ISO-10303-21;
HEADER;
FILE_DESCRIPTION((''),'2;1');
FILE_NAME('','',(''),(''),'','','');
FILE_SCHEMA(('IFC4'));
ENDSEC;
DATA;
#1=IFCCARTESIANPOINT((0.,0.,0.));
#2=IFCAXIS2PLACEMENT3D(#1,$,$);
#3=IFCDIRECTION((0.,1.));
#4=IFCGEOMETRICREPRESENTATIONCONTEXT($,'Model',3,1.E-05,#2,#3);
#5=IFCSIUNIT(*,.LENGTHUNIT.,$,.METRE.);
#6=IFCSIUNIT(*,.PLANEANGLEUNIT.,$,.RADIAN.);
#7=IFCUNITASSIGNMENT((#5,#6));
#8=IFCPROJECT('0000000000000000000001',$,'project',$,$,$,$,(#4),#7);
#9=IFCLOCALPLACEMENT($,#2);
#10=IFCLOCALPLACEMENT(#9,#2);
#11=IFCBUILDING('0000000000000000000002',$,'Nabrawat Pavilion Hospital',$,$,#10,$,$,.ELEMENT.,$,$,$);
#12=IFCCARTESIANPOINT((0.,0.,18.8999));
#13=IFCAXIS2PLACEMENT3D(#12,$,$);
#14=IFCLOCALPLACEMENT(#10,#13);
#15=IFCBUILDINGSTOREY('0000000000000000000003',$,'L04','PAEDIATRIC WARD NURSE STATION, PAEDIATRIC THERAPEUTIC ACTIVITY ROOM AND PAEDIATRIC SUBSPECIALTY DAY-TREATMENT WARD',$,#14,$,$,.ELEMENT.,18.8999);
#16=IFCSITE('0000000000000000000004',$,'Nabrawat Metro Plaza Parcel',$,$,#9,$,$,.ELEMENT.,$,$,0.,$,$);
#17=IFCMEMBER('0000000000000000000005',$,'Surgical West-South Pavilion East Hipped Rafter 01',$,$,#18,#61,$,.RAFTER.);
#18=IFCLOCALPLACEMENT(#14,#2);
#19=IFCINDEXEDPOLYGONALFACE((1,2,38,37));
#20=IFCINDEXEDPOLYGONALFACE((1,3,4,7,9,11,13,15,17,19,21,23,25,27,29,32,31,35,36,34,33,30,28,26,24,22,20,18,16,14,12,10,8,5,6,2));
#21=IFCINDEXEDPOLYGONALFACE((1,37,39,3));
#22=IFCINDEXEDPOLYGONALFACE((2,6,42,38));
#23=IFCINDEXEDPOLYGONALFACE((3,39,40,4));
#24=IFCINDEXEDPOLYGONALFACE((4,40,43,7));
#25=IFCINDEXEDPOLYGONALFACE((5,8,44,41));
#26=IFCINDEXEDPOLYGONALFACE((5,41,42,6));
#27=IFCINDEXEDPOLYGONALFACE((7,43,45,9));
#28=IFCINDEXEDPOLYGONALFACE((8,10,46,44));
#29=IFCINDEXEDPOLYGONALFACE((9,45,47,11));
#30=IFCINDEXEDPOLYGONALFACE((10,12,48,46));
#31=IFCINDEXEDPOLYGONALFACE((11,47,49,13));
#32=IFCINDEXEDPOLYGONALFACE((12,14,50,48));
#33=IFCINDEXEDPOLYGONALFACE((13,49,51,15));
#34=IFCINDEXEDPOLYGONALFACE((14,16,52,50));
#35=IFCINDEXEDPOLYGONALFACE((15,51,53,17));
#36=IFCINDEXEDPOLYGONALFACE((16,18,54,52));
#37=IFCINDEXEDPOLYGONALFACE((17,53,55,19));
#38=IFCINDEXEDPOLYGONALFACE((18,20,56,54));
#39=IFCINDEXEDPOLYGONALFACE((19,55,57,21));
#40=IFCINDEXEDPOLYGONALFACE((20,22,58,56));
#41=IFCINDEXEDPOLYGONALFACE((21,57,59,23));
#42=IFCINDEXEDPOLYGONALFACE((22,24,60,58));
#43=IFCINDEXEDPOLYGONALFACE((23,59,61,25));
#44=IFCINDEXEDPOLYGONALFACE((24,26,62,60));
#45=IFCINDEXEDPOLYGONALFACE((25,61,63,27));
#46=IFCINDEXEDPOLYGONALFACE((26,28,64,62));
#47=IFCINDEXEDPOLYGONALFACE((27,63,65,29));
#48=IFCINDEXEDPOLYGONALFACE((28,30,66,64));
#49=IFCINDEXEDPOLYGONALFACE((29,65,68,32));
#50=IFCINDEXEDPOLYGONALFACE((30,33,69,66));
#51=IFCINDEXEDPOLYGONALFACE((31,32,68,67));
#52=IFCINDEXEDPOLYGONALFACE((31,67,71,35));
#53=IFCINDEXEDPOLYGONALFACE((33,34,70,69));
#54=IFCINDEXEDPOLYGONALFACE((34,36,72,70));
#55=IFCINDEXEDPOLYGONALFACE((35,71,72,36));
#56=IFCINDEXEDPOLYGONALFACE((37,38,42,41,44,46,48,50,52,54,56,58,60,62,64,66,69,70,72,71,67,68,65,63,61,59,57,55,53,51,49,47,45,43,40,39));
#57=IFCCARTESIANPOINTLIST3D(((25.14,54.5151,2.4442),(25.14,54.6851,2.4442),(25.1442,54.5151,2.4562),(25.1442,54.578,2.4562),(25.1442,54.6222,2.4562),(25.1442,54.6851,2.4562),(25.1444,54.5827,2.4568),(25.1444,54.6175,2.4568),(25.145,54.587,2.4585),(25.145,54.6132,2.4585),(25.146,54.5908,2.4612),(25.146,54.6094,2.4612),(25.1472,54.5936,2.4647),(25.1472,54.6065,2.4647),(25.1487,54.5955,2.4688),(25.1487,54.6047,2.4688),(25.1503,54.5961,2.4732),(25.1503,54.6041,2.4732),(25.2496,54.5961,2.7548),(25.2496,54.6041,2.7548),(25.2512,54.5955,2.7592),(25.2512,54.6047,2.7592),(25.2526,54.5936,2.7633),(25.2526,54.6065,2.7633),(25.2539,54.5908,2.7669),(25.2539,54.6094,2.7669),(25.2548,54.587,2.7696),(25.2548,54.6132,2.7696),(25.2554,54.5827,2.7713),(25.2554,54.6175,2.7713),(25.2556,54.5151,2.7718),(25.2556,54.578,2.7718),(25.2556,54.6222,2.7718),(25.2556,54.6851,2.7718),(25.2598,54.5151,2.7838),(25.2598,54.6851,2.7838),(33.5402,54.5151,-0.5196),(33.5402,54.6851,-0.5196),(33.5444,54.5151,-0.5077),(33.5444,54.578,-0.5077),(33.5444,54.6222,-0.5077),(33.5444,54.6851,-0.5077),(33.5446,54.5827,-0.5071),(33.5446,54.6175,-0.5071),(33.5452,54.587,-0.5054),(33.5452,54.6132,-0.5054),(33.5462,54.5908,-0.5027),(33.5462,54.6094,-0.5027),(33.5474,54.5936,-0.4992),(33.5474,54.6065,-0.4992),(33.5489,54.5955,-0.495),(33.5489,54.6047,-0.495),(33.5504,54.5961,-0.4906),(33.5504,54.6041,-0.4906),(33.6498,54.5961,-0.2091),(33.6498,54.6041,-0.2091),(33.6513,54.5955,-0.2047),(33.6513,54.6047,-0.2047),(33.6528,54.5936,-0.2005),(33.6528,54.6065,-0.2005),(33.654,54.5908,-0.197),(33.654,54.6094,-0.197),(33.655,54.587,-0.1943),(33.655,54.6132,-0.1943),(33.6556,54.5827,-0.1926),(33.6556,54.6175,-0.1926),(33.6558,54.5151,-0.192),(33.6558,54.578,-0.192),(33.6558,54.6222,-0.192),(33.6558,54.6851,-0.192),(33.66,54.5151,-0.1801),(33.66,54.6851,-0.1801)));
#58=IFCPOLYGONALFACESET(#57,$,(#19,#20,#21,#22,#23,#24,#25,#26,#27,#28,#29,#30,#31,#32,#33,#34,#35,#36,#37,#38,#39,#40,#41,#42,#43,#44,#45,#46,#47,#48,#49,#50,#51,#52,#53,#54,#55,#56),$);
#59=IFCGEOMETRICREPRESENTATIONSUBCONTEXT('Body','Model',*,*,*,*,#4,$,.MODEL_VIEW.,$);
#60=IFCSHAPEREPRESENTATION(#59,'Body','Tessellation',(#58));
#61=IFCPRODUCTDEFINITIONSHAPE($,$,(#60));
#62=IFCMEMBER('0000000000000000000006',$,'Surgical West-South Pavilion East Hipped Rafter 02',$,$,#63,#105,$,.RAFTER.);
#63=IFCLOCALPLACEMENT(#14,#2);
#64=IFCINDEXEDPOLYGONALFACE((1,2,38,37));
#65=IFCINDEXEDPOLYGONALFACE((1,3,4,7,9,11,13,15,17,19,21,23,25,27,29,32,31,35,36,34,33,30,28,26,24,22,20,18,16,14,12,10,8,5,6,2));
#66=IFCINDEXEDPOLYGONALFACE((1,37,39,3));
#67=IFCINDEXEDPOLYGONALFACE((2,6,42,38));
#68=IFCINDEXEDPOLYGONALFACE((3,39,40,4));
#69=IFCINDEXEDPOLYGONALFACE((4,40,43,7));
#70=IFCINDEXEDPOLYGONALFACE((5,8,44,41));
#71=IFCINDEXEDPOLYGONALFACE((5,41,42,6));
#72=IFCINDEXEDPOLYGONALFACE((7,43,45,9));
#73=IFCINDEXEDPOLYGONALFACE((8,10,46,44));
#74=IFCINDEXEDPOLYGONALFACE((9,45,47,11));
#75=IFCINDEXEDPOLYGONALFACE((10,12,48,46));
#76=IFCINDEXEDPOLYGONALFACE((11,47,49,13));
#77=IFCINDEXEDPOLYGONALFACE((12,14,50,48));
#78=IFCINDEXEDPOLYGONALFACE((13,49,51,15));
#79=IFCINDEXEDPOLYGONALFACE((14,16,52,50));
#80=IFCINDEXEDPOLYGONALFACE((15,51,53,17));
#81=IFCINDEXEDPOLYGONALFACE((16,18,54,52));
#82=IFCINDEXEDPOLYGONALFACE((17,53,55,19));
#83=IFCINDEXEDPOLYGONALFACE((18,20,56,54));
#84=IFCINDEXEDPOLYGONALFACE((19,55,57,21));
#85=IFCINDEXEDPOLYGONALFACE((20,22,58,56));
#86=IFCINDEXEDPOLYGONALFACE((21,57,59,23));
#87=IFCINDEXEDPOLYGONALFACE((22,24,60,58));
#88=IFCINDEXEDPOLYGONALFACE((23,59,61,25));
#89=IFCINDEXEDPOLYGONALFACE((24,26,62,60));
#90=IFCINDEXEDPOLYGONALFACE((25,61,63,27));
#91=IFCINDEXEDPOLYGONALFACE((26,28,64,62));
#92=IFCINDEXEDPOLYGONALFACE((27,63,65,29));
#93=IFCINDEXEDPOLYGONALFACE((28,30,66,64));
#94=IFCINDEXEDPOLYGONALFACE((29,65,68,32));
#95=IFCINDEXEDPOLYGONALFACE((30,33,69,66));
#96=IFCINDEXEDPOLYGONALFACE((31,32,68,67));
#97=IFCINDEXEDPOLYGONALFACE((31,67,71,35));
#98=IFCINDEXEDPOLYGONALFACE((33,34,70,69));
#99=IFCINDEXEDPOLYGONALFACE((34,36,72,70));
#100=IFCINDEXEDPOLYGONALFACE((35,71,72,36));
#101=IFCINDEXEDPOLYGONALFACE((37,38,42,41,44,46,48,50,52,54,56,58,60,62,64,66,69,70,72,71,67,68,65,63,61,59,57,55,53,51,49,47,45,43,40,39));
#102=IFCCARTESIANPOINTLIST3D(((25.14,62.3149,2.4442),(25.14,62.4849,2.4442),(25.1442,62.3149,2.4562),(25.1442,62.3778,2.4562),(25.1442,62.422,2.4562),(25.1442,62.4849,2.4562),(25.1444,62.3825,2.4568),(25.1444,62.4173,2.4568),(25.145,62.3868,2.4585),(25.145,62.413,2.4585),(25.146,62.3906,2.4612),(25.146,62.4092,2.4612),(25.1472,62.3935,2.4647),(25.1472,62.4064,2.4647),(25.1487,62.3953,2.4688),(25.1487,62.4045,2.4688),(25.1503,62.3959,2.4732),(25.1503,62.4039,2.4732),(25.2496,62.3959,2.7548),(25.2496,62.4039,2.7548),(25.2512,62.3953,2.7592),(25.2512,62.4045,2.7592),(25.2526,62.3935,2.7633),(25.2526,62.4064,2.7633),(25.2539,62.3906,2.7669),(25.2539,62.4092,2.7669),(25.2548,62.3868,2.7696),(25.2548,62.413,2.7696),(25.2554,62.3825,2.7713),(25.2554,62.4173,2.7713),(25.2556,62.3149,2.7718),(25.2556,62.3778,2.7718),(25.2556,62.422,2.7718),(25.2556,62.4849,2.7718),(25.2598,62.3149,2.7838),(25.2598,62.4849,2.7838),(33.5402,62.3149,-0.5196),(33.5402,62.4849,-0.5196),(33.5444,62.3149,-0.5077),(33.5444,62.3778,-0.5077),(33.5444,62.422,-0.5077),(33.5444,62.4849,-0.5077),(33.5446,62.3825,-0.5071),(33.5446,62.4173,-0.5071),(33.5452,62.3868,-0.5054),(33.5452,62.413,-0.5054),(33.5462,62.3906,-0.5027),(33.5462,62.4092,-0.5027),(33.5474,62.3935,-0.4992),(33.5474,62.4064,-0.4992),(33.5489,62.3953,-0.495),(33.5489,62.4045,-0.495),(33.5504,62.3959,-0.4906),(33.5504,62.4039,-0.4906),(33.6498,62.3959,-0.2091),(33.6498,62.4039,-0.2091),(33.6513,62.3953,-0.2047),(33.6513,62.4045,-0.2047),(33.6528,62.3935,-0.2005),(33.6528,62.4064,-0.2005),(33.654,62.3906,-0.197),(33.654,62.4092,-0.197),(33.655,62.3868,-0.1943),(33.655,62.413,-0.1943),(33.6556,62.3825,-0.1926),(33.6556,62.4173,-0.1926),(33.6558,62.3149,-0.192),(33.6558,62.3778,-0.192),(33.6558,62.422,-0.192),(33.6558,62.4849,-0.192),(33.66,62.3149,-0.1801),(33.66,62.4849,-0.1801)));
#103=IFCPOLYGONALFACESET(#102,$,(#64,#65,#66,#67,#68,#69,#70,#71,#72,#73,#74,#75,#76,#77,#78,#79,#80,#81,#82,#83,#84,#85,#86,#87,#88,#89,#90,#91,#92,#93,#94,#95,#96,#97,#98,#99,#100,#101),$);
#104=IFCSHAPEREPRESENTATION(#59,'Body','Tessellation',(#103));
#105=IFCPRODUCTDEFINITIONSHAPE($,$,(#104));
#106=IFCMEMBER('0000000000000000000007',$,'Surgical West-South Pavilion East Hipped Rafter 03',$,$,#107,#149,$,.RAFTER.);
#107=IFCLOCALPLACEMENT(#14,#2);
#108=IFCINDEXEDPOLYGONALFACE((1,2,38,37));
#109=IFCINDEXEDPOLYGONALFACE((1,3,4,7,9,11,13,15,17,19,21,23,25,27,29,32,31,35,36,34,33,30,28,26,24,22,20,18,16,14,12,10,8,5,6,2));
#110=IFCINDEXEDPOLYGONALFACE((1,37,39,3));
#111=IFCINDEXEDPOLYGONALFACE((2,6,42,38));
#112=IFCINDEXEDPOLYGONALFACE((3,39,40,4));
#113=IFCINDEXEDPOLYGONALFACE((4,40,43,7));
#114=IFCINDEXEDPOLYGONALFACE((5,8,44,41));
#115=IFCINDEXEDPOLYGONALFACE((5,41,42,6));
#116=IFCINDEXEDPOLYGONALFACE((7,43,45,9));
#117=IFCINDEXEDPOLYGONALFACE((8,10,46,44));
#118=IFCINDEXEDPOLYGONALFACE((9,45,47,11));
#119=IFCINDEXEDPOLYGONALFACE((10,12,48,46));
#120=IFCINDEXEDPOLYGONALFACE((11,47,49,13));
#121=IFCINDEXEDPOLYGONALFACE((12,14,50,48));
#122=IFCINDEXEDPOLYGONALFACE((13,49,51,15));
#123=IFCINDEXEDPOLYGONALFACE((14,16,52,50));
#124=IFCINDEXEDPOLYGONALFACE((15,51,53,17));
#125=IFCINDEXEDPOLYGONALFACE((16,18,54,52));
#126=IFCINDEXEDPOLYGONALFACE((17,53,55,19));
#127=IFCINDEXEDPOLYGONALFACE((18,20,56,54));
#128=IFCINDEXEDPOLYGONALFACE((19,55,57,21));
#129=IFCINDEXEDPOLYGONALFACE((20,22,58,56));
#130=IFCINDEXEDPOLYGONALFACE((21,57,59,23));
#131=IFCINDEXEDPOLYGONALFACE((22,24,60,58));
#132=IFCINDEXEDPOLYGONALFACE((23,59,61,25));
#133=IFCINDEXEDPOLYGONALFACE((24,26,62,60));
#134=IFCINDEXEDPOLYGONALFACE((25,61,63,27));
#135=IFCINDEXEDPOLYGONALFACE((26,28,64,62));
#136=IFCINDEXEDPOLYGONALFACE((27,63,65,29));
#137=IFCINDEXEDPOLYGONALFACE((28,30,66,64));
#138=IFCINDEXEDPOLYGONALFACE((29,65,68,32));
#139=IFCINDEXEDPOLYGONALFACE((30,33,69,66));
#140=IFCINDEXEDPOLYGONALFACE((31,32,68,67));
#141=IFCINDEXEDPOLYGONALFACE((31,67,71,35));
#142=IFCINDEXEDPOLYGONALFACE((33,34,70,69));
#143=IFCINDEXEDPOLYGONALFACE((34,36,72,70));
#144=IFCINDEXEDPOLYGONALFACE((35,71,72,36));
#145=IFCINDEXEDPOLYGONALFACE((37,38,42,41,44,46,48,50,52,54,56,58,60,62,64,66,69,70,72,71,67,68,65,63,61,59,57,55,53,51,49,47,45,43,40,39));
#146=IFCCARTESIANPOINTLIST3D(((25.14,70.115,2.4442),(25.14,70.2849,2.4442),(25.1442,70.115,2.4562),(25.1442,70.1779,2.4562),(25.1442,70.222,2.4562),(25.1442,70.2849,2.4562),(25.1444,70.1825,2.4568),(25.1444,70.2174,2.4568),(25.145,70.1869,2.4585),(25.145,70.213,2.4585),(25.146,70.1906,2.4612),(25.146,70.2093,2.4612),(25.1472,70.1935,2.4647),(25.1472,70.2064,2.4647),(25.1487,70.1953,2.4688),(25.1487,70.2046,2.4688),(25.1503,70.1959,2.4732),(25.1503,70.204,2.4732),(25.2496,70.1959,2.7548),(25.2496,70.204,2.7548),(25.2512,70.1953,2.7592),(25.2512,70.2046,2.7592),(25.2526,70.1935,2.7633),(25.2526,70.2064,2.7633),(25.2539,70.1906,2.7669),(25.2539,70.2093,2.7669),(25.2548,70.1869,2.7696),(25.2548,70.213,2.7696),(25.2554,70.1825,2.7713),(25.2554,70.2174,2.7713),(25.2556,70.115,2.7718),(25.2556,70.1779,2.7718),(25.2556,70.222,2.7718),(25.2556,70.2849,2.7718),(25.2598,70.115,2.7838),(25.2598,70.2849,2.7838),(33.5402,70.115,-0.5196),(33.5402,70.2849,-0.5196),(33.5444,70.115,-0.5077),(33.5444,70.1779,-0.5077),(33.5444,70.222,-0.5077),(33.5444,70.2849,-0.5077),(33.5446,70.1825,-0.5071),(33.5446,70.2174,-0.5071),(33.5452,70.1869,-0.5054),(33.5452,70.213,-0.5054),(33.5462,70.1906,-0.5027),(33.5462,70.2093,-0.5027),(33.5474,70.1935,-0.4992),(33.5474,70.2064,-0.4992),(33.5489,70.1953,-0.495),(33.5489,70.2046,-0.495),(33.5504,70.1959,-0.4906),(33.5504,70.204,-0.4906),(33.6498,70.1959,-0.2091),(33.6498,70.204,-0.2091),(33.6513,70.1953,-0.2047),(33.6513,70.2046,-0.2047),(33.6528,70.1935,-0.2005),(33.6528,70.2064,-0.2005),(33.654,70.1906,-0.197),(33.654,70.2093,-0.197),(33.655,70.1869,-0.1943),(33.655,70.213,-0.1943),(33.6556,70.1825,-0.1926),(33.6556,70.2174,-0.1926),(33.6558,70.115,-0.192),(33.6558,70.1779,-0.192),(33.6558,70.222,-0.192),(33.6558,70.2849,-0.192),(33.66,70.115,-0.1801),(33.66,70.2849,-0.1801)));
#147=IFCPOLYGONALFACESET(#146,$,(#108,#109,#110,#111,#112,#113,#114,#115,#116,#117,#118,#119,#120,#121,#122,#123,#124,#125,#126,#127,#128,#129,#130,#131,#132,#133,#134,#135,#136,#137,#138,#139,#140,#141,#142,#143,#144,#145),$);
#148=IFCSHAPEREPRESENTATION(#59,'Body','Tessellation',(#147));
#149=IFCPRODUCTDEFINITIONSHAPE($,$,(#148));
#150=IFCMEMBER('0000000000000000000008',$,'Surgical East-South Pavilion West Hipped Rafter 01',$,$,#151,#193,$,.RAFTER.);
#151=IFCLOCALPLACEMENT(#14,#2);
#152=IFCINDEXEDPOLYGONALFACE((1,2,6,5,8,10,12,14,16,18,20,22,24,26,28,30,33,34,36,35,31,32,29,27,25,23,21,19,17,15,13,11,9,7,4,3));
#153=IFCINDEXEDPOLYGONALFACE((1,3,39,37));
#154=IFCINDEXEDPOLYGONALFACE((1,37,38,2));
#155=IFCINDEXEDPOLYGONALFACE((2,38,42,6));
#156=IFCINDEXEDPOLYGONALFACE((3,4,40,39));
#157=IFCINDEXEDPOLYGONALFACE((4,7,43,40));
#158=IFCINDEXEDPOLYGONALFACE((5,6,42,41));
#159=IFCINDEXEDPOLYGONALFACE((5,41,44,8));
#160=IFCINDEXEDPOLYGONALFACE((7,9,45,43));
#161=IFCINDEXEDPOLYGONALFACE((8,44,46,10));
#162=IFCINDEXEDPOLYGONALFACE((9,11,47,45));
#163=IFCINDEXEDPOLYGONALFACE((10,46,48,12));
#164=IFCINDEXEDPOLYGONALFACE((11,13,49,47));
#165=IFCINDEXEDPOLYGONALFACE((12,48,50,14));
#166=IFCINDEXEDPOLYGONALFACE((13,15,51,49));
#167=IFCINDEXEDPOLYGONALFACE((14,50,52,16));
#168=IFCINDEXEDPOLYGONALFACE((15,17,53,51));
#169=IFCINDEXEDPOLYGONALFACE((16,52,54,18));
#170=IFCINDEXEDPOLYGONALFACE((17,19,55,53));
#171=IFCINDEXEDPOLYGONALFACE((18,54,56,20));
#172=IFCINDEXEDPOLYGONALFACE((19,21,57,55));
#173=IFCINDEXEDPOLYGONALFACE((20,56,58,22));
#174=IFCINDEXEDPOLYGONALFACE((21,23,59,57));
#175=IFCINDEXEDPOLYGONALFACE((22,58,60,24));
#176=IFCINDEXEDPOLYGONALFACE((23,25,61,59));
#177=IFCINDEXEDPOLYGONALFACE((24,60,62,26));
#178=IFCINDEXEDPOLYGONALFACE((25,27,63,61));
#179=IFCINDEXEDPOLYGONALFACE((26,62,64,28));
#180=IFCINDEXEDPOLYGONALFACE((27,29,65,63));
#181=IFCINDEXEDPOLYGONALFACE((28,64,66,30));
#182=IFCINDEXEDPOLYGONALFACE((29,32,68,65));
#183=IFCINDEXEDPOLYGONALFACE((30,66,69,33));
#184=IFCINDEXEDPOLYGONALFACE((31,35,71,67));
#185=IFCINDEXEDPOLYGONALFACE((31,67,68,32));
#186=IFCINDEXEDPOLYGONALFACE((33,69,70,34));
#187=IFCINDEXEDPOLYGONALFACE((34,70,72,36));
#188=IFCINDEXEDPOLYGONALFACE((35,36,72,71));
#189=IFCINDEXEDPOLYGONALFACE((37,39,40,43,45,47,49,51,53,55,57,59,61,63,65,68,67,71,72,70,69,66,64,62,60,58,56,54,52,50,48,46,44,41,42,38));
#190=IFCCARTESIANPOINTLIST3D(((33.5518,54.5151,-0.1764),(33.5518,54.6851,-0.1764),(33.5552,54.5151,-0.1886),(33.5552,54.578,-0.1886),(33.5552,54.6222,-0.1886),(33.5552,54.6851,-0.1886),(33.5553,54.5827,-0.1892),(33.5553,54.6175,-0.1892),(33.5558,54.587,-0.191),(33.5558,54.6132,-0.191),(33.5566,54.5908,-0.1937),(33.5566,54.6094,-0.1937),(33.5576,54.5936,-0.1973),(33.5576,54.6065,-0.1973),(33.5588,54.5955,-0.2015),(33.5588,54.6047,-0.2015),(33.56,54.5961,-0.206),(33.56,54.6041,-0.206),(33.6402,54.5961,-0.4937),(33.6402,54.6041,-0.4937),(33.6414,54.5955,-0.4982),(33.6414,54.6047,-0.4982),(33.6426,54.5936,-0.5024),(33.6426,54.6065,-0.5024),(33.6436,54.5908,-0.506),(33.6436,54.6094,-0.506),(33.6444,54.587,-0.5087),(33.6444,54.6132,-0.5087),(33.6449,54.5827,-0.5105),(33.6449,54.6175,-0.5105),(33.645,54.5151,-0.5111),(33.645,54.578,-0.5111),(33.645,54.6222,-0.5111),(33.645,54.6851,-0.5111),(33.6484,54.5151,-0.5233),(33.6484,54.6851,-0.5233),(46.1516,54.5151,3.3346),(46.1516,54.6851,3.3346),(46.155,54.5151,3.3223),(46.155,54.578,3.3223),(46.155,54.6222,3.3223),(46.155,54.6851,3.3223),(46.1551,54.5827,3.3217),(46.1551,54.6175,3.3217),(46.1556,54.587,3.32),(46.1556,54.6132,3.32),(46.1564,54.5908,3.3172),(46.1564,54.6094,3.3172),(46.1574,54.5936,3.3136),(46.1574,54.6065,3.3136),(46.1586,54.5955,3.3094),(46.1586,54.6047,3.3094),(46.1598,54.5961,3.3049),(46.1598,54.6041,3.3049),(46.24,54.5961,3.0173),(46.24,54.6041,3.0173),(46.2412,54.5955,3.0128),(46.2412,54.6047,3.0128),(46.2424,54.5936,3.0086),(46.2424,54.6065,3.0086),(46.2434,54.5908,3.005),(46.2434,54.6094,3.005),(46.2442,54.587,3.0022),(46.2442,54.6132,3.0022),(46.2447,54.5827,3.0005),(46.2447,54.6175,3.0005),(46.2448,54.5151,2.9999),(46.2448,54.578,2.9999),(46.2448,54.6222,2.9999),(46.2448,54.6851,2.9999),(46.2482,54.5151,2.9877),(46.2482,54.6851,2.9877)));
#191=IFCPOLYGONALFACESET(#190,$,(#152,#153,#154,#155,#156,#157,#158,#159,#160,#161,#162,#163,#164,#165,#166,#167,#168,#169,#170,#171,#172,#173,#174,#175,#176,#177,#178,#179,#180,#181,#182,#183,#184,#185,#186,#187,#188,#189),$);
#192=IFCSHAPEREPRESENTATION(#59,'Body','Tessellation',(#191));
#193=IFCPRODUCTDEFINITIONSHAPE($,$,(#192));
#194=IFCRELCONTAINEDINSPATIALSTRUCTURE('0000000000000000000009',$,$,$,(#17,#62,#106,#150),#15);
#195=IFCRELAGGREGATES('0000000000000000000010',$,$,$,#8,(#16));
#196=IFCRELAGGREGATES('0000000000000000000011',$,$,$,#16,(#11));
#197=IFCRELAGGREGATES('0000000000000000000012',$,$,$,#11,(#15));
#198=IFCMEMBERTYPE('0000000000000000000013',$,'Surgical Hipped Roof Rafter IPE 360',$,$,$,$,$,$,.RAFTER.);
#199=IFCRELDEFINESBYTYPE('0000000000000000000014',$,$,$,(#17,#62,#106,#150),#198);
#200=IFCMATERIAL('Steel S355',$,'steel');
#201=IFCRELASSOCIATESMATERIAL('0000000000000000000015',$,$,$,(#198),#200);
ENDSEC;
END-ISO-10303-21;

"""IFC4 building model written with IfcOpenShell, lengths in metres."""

from ifc_helpers import new_model, si_unit, direction, frame, origin, origin_2d, place, context, subcontext, project, spatial, i_section, extrude, material, material_profile, profile_set, type_object, element, save


model = new_model("IFC4")

# Units and contexts
model_context = context("Model", 3, precision=1e-05, world=origin(), true_north=direction((0.0, 1.0)))
body_context = subcontext(model_context, "Body", "Model", "MODEL_VIEW")
ifc_project = project(units=[si_unit("LENGTHUNIT", "METRE"), si_unit("PLANEANGLEUNIT", "RADIAN")], contexts=[model_context])

# Site, building, storey
site_placement = place(None, origin())
site = spatial("IfcSite", under=ifc_project, at=site_placement, Name="Nabrawat Metro Plaza Parcel", CompositionType="ELEMENT", RefElevation=0.0)
building_placement = place(site_placement, origin())
building = spatial("IfcBuilding", under=site, at=building_placement, Name="Nabrawat Pavilion Hospital", CompositionType="ELEMENT")
storey_placement = place(building_placement, frame((0.0, 0.0, 18.8999)))
storey = spatial("IfcBuildingStorey", under=building, at=storey_placement, Name="L04", Description="PAEDIATRIC WARD NURSE STATION, PAEDIATRIC THERAPEUTIC ACTIVITY ROOM AND PAEDIATRIC SUBSPECIALTY DAY-TREATMENT WARD", CompositionType="ELEMENT", Elevation=18.8999)

# Members
ifc_material_1 = material(Name="Steel S355", Category="steel")
ifc_material_profile_1 = material_profile(ifc_material_1, i_section(OverallWidth=0.1699, OverallDepth=0.3601, WebThickness=0.0081, FlangeThickness=0.0127, FilletRadius=0.0181, at=origin_2d()), Name="IPE 360")
ifc_profile_set_1 = profile_set([ifc_material_profile_1], Name="Steel S355")
member_type_1 = type_object("IfcMemberType", Name="Surgical Hipped Roof Rafter IPE 360", PredefinedType="RAFTER", material=ifc_profile_set_1)
for number, where, z_axis, x_axis, name in (
    (1, (33.6001, 54.6001, -0.3499), (-0.943022, 0.0, 0.332731), (0.0, -1.0, 0.0), "Surgical West-South Pavilion East Hipped Rafter 01"),
    (2, (33.6001, 62.3999, -0.3499), (-0.943022, 0.0, 0.332731), (0.0, -1.0, 0.0), "Surgical West-South Pavilion East Hipped Rafter 02"),
    (3, (33.6001, 70.2, -0.3499), (-0.943022, 0.0, 0.332731), (0.0, -1.0, 0.0), "Surgical West-South Pavilion East Hipped Rafter 03"),
):
    element("IfcMember", number, at=place(storey_placement, frame(where, z_axis=z_axis, x_axis=x_axis)), inside=storey, type_object=member_type_1, Name=name, PredefinedType="RAFTER", context=body_context, shape_type="SweptSolid", body=[
        extrude(i_section(OverallWidth=0.1699, OverallDepth=0.3601, WebThickness=0.0081, FlangeThickness=0.0127, FilletRadius=0.0181, at=origin_2d()), origin(), (0.0, 0.0, 1.0), 8.9077),
    ])
member_1_placement = place(storey_placement, frame((33.6001, 54.6001, -0.3499), z_axis=(0.9633, 0.0, 0.268426), x_axis=(0.0, 1.0, 0.0)))
element("IfcMember", 4, at=member_1_placement, inside=storey, type_object=member_type_1, Name="Surgical East-South Pavilion West Hipped Rafter 01", PredefinedType="RAFTER", context=body_context, shape_type="SweptSolid", body=[
    extrude(i_section(OverallWidth=0.1699, OverallDepth=0.3601, WebThickness=0.0081, FlangeThickness=0.0127, FilletRadius=0.0181, at=origin_2d()), origin(), (0.0, 0.0, 1.0), 13.0798),
])

save(model, "model.ifc")
